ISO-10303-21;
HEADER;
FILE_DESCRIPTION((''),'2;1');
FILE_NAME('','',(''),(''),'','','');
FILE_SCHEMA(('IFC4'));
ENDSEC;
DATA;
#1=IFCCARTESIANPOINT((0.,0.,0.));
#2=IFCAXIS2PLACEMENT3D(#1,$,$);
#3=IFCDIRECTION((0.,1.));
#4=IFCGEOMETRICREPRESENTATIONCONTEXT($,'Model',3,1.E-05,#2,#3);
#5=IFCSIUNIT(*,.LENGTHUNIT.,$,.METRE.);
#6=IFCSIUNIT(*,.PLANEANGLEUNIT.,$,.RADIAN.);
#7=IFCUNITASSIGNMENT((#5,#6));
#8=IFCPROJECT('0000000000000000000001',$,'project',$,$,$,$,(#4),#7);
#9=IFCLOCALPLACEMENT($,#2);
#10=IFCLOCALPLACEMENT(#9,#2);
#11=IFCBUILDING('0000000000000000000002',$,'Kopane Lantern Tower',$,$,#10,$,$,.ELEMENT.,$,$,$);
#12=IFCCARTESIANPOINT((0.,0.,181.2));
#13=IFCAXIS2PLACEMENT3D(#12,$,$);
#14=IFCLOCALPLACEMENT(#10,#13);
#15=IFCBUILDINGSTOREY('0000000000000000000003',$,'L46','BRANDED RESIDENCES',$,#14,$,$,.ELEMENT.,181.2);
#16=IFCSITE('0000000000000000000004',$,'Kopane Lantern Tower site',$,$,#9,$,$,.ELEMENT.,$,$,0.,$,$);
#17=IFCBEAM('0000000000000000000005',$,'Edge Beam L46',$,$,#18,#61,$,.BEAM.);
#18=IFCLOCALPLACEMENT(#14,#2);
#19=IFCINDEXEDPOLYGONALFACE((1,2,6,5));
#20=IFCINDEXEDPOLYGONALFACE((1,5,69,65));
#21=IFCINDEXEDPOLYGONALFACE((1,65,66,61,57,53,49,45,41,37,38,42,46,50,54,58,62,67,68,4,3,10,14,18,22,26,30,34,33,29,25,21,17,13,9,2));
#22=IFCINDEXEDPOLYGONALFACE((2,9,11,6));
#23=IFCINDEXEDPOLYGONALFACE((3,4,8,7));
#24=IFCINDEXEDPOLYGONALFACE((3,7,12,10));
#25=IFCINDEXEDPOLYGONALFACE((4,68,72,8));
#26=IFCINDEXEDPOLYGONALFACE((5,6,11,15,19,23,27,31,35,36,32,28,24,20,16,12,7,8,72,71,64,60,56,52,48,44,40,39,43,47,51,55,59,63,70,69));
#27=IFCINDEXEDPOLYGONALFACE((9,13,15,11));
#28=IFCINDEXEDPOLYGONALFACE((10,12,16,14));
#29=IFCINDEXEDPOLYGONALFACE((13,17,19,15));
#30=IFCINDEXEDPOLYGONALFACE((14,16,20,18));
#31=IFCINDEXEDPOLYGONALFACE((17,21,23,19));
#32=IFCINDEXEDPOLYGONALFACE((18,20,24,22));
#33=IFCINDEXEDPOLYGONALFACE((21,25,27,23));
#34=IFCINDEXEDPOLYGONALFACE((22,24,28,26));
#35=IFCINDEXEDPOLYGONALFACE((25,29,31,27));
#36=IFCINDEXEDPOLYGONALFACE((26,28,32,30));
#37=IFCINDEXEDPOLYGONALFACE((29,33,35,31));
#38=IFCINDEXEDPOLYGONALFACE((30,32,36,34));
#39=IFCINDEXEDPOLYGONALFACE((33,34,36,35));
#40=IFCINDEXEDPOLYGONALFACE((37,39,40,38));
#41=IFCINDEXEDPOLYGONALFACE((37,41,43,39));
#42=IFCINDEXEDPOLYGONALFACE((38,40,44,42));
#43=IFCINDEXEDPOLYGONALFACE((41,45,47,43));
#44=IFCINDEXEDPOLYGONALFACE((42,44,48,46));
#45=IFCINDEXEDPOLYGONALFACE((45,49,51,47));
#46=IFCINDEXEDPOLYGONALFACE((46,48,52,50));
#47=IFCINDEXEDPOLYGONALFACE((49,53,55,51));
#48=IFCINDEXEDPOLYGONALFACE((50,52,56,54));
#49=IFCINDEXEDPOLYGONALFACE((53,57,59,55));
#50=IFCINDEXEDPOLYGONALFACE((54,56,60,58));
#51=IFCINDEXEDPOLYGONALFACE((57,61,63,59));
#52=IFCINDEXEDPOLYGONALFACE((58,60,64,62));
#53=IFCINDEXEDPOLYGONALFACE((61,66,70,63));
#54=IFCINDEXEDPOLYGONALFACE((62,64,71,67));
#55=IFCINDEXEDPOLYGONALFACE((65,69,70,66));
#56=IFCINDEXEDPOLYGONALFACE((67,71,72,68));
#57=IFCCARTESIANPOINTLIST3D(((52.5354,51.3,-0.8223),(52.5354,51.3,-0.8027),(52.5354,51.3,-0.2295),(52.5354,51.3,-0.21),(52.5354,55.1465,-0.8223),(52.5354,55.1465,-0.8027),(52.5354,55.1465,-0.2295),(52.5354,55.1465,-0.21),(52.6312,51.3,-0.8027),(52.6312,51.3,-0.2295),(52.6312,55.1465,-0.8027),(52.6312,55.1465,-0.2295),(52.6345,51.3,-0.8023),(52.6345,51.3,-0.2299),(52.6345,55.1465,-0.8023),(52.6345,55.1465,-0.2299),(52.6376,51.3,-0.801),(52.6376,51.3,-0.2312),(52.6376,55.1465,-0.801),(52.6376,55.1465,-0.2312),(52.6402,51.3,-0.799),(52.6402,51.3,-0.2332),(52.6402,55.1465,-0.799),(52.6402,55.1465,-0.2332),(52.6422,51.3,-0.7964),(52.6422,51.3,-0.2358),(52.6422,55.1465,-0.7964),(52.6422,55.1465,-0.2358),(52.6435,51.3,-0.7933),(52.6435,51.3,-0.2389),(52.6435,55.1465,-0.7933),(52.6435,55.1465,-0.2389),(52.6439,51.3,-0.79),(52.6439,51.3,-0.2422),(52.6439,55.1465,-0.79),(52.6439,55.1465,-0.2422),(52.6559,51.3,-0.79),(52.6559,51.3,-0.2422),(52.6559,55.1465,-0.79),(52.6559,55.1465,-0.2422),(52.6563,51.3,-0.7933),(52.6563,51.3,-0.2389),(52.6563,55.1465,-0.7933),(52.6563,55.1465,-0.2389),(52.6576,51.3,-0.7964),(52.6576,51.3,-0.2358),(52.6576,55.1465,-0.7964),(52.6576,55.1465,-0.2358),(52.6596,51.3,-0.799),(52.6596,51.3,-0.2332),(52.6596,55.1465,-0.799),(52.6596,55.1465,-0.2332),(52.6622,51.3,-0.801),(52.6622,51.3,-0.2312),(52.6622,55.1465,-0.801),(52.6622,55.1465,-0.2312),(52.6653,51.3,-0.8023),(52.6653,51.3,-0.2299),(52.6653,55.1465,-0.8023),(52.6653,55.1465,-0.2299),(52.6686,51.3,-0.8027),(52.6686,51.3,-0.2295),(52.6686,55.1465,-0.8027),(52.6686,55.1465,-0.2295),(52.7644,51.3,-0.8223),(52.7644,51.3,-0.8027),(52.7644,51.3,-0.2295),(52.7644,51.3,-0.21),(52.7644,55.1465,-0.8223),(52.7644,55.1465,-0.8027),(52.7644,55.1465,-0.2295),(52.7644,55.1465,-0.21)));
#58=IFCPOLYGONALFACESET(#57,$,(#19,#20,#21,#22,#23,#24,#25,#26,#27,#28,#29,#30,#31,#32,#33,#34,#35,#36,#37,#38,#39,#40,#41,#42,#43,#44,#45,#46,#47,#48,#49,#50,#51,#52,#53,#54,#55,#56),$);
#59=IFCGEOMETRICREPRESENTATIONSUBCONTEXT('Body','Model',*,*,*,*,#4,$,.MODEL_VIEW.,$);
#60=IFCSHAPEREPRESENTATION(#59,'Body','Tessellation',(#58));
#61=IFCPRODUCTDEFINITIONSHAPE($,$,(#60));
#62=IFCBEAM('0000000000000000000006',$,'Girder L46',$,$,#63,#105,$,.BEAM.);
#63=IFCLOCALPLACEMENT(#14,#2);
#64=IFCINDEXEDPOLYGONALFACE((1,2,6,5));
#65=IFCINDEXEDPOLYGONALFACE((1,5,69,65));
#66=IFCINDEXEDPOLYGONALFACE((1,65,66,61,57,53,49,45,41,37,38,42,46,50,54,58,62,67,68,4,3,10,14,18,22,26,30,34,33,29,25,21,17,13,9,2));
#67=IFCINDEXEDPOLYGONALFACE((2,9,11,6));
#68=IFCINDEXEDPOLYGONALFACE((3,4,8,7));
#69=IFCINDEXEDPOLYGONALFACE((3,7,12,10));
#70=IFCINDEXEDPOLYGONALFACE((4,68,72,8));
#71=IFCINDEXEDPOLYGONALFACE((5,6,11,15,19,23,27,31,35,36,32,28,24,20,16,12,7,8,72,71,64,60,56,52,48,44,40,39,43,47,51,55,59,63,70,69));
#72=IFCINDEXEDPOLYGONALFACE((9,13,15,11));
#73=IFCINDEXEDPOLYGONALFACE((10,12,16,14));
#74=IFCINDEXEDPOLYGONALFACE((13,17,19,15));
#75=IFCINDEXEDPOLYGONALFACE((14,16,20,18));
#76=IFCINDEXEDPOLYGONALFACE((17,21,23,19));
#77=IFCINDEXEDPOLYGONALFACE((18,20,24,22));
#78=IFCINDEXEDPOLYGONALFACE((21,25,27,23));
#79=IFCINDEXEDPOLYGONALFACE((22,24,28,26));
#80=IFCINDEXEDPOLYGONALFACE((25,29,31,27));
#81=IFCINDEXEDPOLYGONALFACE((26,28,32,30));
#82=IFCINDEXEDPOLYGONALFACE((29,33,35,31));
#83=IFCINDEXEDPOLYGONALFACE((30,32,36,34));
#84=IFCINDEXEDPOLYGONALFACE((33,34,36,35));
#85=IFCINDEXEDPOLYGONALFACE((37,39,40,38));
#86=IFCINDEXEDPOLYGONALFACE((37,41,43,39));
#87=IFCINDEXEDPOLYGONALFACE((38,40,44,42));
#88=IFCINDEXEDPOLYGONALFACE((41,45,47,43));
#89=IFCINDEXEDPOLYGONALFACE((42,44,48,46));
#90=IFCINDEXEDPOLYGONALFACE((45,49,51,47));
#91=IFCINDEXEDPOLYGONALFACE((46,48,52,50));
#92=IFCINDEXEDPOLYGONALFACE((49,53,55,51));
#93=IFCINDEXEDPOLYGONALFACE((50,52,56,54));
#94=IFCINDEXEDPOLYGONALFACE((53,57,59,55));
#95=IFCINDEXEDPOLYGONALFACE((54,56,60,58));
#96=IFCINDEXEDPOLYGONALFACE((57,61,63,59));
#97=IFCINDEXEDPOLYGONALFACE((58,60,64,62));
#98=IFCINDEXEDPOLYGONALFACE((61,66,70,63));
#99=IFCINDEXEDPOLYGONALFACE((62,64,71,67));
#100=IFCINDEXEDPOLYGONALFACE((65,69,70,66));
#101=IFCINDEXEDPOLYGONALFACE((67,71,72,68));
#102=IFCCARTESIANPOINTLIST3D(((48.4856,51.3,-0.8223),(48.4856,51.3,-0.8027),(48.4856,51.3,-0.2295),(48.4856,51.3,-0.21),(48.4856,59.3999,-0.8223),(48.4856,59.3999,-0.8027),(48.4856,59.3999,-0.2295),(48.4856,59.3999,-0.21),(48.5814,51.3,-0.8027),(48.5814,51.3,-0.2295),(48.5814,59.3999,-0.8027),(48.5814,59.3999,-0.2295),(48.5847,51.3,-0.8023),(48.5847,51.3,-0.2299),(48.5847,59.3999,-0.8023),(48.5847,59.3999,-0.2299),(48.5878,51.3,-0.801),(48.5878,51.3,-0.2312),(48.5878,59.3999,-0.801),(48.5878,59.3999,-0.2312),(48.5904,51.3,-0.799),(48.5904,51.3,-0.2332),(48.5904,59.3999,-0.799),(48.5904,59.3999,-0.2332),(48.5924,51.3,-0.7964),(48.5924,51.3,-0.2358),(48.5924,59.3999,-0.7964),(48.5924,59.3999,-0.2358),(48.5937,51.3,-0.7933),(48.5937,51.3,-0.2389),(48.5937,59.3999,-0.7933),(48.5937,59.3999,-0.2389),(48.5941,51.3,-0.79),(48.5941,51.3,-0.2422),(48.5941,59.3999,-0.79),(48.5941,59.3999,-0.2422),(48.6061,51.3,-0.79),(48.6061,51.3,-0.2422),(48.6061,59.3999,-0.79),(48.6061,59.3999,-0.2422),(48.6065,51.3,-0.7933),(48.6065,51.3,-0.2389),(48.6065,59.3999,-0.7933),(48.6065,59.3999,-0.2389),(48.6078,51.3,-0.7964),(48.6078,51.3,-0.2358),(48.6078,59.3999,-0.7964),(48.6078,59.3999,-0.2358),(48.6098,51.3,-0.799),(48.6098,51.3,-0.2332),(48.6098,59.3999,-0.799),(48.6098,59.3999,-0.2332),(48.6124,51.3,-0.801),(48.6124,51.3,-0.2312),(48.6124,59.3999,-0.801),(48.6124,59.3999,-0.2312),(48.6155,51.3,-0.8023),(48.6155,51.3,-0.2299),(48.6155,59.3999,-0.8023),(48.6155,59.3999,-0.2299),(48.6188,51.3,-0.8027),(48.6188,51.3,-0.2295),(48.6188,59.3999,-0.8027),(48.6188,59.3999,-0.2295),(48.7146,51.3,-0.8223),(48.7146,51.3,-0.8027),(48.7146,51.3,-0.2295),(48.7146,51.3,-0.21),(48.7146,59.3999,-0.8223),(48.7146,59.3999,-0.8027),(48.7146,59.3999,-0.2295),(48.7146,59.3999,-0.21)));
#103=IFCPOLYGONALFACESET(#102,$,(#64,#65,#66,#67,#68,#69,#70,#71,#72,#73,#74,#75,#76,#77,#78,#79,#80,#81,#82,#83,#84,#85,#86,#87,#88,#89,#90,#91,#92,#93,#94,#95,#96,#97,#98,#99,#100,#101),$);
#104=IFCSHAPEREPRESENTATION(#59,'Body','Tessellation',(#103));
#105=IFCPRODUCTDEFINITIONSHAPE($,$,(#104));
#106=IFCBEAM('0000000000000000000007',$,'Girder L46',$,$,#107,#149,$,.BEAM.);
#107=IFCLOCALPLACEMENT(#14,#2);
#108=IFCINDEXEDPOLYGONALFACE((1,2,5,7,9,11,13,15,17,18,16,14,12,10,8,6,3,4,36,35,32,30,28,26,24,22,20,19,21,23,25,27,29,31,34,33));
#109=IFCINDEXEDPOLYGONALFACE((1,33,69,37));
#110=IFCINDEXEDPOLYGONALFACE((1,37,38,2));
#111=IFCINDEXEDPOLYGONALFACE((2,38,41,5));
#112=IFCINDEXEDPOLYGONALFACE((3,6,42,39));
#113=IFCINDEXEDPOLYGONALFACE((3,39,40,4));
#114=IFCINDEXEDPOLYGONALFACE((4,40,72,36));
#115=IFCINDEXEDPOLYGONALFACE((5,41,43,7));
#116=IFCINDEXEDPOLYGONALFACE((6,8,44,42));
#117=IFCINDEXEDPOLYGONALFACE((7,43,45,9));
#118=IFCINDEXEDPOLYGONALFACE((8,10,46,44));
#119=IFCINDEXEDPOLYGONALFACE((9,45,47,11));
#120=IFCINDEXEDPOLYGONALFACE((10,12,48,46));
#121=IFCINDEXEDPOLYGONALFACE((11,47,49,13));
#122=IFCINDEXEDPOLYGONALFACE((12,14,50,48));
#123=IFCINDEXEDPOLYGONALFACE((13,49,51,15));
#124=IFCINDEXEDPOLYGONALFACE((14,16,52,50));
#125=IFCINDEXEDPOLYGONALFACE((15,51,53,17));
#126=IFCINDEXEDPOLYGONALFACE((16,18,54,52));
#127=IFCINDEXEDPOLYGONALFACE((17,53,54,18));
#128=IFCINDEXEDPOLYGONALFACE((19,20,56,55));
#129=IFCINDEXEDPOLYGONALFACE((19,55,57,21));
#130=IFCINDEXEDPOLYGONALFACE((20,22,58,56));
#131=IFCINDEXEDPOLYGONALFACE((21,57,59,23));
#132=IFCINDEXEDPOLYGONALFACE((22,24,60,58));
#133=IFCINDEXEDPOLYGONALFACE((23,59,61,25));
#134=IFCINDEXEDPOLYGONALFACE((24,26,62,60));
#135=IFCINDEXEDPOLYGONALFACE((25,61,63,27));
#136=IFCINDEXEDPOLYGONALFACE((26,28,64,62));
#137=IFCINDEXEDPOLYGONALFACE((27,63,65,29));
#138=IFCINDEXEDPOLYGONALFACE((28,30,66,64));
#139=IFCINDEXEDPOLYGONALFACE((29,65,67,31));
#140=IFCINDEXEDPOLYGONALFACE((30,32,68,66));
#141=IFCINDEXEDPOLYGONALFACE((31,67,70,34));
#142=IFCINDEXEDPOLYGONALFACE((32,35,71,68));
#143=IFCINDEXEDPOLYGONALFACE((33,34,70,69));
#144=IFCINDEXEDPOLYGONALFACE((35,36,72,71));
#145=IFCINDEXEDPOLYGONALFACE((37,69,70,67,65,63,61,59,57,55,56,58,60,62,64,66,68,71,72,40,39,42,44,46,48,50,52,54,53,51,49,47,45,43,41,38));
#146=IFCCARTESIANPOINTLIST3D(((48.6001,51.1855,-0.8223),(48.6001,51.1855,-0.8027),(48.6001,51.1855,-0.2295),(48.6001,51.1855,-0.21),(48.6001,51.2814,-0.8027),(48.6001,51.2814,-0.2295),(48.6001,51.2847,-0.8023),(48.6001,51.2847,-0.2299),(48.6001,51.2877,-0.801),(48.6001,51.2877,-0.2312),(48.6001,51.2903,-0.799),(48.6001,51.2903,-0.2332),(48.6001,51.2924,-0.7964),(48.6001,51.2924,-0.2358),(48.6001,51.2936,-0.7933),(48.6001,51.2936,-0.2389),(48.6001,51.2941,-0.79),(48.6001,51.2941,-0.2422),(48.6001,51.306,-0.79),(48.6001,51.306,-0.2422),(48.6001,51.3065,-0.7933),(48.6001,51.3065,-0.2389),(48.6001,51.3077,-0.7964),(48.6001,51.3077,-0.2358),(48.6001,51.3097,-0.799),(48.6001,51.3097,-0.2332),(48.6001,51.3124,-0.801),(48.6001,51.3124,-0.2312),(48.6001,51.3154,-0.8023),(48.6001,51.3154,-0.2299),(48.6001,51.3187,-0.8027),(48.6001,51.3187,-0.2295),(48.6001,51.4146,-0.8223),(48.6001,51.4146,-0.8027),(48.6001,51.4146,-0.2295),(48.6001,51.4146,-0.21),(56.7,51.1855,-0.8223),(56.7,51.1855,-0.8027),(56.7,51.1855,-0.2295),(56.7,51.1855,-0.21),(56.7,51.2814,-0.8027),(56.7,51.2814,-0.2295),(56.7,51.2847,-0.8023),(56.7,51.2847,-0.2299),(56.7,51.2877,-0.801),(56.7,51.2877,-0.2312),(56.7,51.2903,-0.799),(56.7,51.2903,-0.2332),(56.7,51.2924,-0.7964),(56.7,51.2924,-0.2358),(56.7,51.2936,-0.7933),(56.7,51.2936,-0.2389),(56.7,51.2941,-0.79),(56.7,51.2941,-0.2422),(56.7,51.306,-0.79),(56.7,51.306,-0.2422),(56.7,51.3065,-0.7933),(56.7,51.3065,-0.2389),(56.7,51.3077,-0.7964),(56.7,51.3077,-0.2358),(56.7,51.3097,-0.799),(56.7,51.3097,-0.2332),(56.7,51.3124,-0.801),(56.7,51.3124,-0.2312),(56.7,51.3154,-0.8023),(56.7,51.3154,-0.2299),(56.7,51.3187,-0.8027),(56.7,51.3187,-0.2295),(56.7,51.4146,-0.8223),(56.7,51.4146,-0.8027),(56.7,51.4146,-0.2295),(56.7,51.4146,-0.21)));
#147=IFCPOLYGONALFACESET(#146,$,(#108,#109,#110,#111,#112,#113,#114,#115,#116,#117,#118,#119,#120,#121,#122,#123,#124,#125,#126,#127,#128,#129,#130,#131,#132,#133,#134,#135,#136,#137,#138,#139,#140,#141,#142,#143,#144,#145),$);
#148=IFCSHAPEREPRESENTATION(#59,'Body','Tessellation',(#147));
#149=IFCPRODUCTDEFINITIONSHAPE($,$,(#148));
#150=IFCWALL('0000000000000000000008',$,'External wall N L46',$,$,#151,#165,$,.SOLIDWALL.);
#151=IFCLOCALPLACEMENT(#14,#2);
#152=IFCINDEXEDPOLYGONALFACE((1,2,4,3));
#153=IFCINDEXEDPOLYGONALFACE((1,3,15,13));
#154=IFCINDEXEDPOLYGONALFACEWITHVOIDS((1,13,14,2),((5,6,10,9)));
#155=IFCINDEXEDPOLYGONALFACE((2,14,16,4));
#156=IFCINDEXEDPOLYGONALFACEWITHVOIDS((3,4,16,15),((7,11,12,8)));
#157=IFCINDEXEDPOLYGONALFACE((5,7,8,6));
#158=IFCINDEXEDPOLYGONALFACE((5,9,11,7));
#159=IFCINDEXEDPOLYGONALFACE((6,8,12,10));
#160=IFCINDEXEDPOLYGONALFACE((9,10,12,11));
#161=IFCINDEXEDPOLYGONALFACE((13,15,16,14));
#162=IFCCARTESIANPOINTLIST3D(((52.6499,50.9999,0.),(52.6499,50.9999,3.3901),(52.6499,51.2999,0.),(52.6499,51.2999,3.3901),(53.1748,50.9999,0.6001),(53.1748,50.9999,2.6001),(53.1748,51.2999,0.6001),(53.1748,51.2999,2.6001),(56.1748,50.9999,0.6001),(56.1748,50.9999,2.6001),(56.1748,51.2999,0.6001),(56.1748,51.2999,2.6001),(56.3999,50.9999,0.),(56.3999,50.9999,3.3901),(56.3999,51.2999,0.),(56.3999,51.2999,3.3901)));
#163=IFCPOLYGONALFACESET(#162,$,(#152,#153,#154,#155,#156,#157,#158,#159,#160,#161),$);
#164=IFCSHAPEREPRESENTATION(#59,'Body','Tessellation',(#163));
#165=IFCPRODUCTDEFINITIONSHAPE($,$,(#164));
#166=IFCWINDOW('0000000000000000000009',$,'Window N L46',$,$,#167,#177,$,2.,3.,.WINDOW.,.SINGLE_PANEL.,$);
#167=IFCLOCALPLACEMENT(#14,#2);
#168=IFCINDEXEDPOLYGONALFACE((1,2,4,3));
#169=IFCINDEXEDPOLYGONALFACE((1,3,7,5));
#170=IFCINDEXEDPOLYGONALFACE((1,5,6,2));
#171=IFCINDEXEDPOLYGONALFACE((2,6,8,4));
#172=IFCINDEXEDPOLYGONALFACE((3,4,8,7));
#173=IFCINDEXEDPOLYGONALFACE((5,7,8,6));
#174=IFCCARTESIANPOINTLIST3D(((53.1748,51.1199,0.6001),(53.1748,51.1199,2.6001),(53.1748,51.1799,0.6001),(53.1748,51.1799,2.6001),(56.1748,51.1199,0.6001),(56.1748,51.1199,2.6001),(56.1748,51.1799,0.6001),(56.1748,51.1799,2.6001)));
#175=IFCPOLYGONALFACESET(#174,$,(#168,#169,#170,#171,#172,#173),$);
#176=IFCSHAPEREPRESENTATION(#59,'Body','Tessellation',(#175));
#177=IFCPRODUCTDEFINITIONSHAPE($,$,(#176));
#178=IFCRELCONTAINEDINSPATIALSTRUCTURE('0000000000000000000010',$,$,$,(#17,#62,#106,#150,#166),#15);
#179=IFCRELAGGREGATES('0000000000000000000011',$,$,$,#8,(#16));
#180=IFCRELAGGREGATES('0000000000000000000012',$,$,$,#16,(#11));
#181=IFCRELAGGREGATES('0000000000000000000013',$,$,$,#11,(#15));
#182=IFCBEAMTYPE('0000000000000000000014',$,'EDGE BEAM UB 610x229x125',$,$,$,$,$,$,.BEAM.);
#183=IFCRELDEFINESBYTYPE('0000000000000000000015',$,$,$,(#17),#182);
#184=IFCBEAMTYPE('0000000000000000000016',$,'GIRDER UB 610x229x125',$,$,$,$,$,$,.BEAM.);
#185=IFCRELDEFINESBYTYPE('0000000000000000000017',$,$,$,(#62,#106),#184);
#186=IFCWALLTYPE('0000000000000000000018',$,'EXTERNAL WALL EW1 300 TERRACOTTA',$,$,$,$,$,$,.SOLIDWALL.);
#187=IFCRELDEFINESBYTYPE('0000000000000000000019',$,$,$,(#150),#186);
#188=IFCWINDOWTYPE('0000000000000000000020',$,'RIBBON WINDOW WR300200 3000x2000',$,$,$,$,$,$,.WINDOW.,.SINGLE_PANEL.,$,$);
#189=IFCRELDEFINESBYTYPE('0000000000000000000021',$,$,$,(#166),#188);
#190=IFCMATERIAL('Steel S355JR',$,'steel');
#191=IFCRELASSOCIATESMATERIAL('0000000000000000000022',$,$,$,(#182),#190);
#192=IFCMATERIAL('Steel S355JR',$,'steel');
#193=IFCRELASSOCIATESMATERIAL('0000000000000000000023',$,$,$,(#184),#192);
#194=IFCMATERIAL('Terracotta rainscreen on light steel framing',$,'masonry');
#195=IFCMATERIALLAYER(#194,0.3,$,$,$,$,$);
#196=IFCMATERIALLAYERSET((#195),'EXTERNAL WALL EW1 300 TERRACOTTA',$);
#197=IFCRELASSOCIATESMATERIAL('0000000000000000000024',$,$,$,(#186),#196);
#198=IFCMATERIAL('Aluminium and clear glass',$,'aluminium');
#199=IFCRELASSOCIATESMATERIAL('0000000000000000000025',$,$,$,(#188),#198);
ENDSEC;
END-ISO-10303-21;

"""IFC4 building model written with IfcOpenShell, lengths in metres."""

from ifc_helpers import new_model, si_unit, direction, frame, frame_2d, origin, origin_2d, place, context, subcontext, project, spatial, rectangle, i_section, extrude, material, layer, layer_set, material_profile, profile_set, type_object, element, fill, save


model = new_model("IFC4")

# Units and contexts
model_context = context("Model", 3, precision=1e-05, world=origin(), true_north=direction((0.0, 1.0)))
body_context = subcontext(model_context, "Body", "Model", "MODEL_VIEW")
ifc_project = project(units=[si_unit("LENGTHUNIT", "METRE"), si_unit("PLANEANGLEUNIT", "RADIAN")], contexts=[model_context])

# Site, building, storey
site_placement = place(None, origin())
site = spatial("IfcSite", under=ifc_project, at=site_placement, Name="Kopane Lantern Tower site", CompositionType="ELEMENT", RefElevation=0.0)
building_placement = place(site_placement, origin())
building = spatial("IfcBuilding", under=site, at=building_placement, Name="Kopane Lantern Tower", CompositionType="ELEMENT")
storey_placement = place(building_placement, frame((0.0, 0.0, 181.2)))
storey = spatial("IfcBuildingStorey", under=building, at=storey_placement, Name="L46", Description="BRANDED RESIDENCES", CompositionType="ELEMENT", Elevation=181.2)

# Beams
ifc_material_1 = material(Name="Steel S355JR", Category="steel")
ifc_material_profile_1 = material_profile(ifc_material_1, i_section(OverallWidth=0.229, OverallDepth=0.6123, WebThickness=0.012, FlangeThickness=0.0195, FilletRadius=0.0127, at=origin_2d()), Name="UB 610x229x125")
ifc_profile_set_1 = profile_set([ifc_material_profile_1], Name="Steel S355JR")
beam_type_1 = type_object("IfcBeamType", Name="EDGE BEAM UB 610x229x125", PredefinedType="BEAM", material=ifc_profile_set_1)
for number, where, z_axis, x_axis, name in (
    (1, (52.6499, 55.1465, -0.5161), (0.0, -1.0, 0.0), (1.0, 0.0, 0.0), "Edge Beam L46"),
):
    element("IfcBeam", number, at=place(storey_placement, frame(where, z_axis=z_axis, x_axis=x_axis)), inside=storey, type_object=beam_type_1, Name=name, PredefinedType="BEAM", context=body_context, shape_type="SweptSolid", body=[
        extrude(i_section(OverallWidth=0.229, OverallDepth=0.6123, WebThickness=0.012, FlangeThickness=0.0195, FilletRadius=0.0127, at=origin_2d()), origin(), (0.0, 0.0, 1.0), 3.8464),
    ])
ifc_material_2 = material(Name="Steel S355JR", Category="steel")
ifc_material_profile_2 = material_profile(ifc_material_2, i_section(OverallWidth=0.229, OverallDepth=0.6123, WebThickness=0.012, FlangeThickness=0.0195, FilletRadius=0.0127, at=origin_2d()), Name="UB 610x229x125")
ifc_profile_set_2 = profile_set([ifc_material_profile_2], Name="Steel S355JR")
beam_type_2 = type_object("IfcBeamType", Name="GIRDER UB 610x229x125", PredefinedType="BEAM", material=ifc_profile_set_2)
for number, where, z_axis, x_axis, name in (
    (2, (48.6001, 51.3, -0.5161), (0.0, 1.0, 0.0), (-1.0, 0.0, 0.0), "Girder L46"),
    (3, (48.6001, 51.3, -0.5161), (1.0, 0.0, 0.0), (0.0, 1.0, 0.0), "Girder L46"),
):
    element("IfcBeam", number, at=place(storey_placement, frame(where, z_axis=z_axis, x_axis=x_axis)), inside=storey, type_object=beam_type_2, Name=name, PredefinedType="BEAM", context=body_context, shape_type="SweptSolid", body=[
        extrude(i_section(OverallWidth=0.229, OverallDepth=0.6123, WebThickness=0.012, FlangeThickness=0.0195, FilletRadius=0.0127, at=origin_2d()), origin(), (0.0, 0.0, 1.0), 8.0999),
    ])

# Wall, opening, window
ifc_material_3 = material(Name="Terracotta rainscreen on light steel framing", Category="masonry")
ifc_layer = layer(ifc_material_3, 0.3)
ifc_layer_set = layer_set([ifc_layer], Name="EXTERNAL WALL EW1 300 TERRACOTTA")
wall_type = type_object("IfcWallType", Name="EXTERNAL WALL EW1 300 TERRACOTTA", PredefinedType="SOLIDWALL", material=ifc_layer_set)
wall_1_placement = place(storey_placement, frame((56.3999, 51.1499, 0.0), z_axis=(0.0, 0.0, 1.0), x_axis=(-1.0, 0.0, 0.0)))
wall_1 = element("IfcWall", 4, at=wall_1_placement, inside=storey, type_object=wall_type, Name="External wall N L46", PredefinedType="SOLIDWALL", context=body_context, shape_type="SweptSolid", body=[
    extrude(rectangle(XDim=3.75, YDim=0.3, at=frame_2d((1.875, 0.0))), origin(), (0.0, 0.0, 1.0), 3.3901),
])
opening_1_placement = place(wall_1_placement, frame((0.2251, 0.0, 0.6001)))
opening_1 = element("IfcOpeningElement", 5, at=opening_1_placement, cuts=wall_1, PredefinedType="OPENING", context=body_context, shape_type="SweptSolid", body=[
    extrude(rectangle(XDim=3.0, YDim=2.0, at=frame_2d((1.5, 1.0))), frame((0.0, 0.1599, 0.0), z_axis=(0.0, -1.0, 0.0), x_axis=(1.0, 0.0, 0.0)), (0.0, 0.0, 1.0), 0.3201),
])
ifc_material_4 = material(Name="Aluminium and clear glass", Category="aluminium")
window_type = type_object("IfcWindowType", Name="RIBBON WINDOW WR300200 3000x2000", PartitioningType="SINGLE_PANEL", PredefinedType="WINDOW", material=ifc_material_4)
window_1_placement = place(opening_1_placement, origin())
window_1 = element("IfcWindow", 6, at=window_1_placement, inside=storey, type_object=window_type, Name="Window N L46", OverallHeight=2.0, OverallWidth=3.0, PartitioningType="SINGLE_PANEL", PredefinedType="WINDOW", context=body_context, shape_type="SweptSolid", body=[
    extrude(rectangle(XDim=3.0, YDim=2.0, at=frame_2d((1.5, 1.0))), frame((0.0, 0.03, 0.0), z_axis=(0.0, -1.0, 0.0), x_axis=(1.0, 0.0, 0.0)), (0.0, 0.0, 1.0), 0.0601),
])
fill(opening_1, window_1)

save(model, "model.ifc")
